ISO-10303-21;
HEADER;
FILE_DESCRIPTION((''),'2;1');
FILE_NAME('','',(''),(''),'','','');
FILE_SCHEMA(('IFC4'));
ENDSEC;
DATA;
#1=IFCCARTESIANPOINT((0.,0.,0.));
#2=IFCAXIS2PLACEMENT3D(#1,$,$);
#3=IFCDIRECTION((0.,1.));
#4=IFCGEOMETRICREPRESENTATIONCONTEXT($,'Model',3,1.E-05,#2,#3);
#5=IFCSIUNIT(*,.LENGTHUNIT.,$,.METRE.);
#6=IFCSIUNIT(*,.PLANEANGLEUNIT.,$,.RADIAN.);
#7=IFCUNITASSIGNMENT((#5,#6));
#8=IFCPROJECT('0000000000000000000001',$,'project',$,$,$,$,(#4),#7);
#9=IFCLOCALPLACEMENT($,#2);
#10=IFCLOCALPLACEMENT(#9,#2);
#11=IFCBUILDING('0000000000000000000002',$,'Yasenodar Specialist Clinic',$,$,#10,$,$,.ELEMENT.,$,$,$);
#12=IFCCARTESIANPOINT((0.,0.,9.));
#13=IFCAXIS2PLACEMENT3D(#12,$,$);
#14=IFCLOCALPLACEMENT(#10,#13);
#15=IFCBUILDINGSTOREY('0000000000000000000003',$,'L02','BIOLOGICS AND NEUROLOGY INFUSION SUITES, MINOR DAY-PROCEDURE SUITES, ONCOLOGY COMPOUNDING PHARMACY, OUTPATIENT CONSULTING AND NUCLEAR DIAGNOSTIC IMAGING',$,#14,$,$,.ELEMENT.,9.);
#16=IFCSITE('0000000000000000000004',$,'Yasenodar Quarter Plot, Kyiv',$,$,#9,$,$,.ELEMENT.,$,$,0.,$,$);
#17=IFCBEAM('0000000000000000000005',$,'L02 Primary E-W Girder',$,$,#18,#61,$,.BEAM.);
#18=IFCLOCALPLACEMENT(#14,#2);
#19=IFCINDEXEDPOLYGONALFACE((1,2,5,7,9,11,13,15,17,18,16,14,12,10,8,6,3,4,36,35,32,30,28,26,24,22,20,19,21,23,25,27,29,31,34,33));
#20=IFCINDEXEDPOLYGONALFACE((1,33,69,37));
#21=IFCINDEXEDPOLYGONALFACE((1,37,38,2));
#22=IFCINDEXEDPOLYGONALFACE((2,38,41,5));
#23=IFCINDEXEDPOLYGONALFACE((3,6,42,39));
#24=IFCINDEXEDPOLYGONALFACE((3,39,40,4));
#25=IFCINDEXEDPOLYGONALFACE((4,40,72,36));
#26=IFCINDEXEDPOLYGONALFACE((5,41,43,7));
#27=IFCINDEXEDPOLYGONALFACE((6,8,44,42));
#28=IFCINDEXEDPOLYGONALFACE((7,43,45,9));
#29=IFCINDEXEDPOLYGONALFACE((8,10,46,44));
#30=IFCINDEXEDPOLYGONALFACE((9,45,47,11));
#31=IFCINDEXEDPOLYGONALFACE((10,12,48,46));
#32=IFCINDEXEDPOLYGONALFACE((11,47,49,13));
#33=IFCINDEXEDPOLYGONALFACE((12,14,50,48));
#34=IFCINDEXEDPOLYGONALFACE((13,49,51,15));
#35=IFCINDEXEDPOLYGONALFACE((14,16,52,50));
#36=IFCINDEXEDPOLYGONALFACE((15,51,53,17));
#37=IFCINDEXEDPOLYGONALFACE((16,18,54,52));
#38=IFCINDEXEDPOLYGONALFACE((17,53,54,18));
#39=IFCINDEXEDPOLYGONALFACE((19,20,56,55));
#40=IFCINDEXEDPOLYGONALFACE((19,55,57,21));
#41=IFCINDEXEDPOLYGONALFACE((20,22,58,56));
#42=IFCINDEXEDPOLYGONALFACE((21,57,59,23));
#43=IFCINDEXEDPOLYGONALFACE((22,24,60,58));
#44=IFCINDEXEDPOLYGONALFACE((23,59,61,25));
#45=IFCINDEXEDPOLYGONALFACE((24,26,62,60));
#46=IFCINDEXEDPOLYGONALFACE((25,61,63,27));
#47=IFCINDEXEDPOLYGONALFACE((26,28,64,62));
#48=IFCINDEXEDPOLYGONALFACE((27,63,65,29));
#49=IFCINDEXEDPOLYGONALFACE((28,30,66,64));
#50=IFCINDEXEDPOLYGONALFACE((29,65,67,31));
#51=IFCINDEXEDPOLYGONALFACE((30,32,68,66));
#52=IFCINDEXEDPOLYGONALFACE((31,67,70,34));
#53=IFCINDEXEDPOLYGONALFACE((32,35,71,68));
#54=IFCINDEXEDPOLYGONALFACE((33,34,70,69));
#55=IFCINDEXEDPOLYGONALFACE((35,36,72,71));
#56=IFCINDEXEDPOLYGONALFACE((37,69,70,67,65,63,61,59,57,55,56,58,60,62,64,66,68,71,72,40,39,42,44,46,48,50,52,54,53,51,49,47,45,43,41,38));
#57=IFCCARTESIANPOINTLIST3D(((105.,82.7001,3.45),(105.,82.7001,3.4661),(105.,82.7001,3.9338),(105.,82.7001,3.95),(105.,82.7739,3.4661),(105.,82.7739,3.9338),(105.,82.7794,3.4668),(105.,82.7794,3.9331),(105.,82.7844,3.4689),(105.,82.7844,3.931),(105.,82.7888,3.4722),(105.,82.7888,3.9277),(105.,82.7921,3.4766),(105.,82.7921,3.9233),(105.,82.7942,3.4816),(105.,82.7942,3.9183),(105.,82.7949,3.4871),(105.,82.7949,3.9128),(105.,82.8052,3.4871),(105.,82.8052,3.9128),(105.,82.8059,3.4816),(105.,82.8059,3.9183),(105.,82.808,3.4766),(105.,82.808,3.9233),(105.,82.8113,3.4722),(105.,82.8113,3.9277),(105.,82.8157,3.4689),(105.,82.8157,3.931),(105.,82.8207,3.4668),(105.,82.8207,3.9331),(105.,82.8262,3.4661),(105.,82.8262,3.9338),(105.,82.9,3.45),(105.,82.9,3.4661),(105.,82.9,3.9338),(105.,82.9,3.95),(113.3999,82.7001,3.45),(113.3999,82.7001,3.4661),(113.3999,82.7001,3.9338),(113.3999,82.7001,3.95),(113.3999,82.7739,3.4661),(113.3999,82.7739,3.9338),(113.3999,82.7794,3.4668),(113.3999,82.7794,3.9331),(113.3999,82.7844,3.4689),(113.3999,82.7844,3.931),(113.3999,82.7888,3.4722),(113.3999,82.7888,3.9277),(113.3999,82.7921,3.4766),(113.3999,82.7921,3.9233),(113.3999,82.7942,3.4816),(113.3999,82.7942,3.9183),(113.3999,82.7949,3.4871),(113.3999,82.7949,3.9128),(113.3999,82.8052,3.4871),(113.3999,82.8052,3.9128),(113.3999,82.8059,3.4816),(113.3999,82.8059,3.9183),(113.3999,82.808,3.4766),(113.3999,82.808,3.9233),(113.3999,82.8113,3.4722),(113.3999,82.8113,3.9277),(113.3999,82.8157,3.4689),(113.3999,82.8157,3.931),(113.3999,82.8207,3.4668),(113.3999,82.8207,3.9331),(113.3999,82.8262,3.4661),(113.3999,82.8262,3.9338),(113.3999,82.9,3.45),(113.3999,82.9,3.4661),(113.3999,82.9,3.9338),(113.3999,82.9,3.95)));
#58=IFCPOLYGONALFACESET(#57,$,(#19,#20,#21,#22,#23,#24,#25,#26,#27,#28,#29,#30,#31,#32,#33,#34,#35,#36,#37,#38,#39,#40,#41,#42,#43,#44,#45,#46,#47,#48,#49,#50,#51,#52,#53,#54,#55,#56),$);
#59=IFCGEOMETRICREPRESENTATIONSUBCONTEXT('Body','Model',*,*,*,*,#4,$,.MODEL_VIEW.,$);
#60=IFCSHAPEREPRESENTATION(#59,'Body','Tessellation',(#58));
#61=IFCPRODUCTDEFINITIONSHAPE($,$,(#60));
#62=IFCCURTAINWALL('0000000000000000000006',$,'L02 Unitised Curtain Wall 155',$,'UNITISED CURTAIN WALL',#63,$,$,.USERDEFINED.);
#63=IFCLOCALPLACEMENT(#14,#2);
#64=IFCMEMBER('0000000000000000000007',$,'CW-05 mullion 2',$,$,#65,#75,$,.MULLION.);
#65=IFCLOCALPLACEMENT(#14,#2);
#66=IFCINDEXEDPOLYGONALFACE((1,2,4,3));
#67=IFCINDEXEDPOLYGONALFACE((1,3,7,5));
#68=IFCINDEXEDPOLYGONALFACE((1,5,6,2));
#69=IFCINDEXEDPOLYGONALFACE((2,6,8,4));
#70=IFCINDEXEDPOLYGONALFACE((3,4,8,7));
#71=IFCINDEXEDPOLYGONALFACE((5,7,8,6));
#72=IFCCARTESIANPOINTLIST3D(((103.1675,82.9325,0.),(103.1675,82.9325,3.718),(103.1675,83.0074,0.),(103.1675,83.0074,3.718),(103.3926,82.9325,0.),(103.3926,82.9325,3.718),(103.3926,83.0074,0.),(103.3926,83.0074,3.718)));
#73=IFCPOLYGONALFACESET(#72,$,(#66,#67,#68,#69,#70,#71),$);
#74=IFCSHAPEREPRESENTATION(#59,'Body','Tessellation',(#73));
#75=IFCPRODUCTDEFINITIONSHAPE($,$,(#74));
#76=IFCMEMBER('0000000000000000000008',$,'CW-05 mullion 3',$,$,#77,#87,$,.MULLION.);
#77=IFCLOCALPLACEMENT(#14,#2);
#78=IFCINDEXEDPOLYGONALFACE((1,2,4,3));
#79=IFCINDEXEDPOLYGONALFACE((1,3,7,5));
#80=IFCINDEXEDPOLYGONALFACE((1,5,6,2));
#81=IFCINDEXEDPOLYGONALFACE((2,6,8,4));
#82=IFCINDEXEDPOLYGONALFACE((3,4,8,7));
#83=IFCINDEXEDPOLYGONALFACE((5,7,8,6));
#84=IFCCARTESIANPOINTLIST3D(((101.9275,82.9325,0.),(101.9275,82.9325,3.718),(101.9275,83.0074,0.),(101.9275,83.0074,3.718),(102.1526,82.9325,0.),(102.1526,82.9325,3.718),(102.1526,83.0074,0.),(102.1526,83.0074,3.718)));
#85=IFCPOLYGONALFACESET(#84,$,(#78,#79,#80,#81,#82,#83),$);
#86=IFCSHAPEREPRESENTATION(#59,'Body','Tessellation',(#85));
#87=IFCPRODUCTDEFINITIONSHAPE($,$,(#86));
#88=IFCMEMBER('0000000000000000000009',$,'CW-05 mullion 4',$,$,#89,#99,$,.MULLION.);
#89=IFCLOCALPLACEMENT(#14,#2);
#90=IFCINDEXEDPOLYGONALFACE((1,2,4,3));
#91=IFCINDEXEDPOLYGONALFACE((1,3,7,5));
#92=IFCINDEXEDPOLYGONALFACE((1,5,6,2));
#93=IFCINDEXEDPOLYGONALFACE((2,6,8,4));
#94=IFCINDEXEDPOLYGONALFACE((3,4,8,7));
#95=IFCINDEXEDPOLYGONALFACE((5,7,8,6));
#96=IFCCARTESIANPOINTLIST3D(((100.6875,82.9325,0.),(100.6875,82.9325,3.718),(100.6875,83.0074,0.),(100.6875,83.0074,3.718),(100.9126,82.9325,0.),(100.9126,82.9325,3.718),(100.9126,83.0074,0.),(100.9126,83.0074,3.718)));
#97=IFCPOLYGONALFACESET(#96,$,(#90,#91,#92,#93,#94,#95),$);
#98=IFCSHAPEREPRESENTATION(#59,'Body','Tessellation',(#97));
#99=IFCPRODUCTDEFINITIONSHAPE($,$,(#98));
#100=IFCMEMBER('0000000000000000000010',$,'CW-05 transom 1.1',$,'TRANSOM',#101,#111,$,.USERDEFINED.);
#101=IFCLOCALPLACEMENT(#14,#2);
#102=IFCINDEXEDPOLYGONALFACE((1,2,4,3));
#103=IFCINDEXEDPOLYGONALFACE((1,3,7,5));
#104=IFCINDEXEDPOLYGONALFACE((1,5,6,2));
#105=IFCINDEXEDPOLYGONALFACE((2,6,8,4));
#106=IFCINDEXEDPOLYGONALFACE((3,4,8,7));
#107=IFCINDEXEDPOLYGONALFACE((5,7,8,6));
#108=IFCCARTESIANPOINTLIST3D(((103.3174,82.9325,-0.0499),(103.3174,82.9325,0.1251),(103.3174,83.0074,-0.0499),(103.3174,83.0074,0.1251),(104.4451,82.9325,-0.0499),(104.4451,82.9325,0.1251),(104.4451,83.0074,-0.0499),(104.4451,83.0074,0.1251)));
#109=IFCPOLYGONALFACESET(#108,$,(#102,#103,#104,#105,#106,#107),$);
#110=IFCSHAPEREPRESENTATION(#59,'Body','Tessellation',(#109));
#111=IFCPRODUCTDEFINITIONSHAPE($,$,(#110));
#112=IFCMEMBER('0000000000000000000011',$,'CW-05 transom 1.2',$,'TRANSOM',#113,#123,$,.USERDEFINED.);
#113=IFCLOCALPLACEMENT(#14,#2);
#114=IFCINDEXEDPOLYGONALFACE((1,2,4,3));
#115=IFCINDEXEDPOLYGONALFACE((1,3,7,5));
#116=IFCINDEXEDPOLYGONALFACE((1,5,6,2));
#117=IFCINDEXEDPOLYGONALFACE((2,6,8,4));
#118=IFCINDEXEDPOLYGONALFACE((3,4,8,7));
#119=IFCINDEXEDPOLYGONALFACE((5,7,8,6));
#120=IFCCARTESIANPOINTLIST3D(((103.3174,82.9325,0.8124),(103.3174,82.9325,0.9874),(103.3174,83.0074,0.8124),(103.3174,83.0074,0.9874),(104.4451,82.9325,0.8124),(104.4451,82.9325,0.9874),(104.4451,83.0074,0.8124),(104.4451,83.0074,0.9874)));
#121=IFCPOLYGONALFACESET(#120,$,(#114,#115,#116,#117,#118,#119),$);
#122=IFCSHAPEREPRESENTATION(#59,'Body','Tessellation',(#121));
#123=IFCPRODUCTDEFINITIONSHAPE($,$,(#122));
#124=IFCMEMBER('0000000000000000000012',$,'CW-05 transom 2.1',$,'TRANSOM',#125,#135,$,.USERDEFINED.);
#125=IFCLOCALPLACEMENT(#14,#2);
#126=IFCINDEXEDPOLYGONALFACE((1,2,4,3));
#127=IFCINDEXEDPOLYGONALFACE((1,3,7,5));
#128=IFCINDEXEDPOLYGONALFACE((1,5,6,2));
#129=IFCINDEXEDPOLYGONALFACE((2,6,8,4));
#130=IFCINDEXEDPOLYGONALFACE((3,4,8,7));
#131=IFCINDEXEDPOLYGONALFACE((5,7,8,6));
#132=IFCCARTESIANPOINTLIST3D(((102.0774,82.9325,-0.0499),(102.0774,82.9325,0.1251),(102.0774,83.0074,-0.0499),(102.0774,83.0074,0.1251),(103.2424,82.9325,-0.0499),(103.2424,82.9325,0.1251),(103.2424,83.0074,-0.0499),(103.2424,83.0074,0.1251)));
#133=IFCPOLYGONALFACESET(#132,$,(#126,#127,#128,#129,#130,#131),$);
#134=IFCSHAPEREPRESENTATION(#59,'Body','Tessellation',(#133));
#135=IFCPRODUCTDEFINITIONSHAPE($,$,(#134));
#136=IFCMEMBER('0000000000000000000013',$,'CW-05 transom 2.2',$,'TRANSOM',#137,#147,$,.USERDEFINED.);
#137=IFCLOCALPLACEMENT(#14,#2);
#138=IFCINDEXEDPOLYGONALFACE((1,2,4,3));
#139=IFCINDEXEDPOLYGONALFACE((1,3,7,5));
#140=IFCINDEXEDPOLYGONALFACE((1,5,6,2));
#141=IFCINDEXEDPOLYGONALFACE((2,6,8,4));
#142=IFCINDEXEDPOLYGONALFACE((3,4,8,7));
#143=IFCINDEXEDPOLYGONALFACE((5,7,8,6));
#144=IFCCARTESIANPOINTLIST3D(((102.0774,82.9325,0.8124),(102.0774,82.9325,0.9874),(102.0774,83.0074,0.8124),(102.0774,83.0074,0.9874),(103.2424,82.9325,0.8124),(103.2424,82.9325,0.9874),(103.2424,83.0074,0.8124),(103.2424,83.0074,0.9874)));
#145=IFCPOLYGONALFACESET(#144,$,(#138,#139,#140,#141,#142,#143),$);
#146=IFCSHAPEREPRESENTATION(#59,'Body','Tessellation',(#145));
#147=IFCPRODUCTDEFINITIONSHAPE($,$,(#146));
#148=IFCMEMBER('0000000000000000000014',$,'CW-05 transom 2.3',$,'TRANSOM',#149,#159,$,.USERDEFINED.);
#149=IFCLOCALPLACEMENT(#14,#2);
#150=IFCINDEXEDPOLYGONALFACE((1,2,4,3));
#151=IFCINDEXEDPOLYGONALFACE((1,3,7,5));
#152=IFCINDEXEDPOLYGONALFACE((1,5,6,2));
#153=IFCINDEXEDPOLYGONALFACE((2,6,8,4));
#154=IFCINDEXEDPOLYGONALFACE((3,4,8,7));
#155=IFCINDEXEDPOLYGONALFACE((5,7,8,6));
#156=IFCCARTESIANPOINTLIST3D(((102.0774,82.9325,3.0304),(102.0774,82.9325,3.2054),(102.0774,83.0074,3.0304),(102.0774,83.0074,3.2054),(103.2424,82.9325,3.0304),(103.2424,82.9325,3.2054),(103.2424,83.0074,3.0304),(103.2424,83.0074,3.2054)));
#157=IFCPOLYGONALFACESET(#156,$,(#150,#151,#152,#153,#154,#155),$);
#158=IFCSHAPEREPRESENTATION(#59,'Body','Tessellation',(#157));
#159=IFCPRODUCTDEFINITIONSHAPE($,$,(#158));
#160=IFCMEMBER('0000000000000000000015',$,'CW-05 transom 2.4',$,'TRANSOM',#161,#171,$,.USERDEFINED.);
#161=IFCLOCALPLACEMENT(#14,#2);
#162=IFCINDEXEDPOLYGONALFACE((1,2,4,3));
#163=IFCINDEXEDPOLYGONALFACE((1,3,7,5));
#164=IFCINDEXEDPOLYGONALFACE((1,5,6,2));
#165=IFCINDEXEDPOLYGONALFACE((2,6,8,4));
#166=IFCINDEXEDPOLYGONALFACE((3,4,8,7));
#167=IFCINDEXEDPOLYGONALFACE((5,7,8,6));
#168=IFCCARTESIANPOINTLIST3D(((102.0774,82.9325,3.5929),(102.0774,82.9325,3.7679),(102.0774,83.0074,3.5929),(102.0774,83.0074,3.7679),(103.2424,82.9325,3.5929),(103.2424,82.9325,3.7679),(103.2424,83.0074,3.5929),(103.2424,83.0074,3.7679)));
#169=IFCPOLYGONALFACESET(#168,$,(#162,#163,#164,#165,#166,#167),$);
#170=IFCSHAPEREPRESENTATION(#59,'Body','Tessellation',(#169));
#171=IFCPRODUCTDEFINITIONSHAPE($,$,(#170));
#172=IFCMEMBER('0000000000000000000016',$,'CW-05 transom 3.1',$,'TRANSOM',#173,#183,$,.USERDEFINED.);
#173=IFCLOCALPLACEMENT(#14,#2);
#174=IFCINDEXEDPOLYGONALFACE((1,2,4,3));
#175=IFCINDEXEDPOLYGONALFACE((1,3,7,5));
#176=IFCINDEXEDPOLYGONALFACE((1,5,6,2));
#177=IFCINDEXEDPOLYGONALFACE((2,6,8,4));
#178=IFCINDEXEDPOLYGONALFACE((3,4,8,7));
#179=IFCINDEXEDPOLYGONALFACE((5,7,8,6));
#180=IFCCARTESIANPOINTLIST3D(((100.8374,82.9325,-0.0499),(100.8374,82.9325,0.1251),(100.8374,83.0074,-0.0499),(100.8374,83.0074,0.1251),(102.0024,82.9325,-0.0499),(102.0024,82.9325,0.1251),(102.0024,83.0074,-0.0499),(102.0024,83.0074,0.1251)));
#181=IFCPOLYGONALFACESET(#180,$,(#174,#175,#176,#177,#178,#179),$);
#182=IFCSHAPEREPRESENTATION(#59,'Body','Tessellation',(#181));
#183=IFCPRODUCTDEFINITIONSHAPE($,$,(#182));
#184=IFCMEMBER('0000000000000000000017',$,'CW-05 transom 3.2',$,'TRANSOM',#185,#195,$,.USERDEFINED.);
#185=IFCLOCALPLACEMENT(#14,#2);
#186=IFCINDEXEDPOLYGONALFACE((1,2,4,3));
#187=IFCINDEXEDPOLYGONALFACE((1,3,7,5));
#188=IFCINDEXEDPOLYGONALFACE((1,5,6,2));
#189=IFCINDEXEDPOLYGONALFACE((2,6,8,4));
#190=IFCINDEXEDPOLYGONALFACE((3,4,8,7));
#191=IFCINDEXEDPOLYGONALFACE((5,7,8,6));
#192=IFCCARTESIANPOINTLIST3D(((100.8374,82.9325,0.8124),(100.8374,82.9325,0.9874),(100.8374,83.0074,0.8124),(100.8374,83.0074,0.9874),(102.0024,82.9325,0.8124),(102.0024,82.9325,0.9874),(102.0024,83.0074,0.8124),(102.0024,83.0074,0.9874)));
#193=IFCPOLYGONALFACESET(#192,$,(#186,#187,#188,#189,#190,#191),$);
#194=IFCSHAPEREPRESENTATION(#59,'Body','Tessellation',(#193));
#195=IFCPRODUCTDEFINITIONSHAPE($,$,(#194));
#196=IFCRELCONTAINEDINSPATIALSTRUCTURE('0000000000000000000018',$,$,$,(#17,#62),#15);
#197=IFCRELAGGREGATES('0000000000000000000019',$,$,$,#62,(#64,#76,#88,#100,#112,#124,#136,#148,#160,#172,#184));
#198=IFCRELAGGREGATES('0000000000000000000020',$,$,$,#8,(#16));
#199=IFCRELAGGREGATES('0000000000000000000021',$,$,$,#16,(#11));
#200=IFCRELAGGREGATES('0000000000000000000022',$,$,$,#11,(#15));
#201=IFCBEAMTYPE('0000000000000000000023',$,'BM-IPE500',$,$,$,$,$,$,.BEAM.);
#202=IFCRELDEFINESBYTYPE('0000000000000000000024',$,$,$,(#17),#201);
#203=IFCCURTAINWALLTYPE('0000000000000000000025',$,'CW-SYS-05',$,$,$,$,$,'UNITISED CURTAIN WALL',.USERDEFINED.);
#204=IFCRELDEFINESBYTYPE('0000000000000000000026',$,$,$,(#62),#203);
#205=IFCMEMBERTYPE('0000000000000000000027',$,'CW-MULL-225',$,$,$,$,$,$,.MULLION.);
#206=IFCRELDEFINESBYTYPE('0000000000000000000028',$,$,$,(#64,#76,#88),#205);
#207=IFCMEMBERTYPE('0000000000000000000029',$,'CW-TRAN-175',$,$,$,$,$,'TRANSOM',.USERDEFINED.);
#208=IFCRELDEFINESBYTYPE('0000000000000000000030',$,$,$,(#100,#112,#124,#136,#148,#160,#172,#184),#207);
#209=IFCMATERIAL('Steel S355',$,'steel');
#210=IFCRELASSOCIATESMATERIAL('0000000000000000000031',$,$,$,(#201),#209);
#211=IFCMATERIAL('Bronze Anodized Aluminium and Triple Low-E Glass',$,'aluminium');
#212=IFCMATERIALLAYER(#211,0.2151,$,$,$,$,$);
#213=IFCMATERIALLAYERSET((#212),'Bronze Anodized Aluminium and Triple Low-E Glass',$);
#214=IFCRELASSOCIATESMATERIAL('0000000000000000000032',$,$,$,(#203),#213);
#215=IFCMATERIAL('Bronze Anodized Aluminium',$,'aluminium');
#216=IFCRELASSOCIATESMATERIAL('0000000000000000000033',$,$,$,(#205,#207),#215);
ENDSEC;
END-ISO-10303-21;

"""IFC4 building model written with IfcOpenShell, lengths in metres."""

from ifc_helpers import new_model, si_unit, direction, frame, origin, origin_2d, place, context, subcontext, project, spatial, rectangle, i_section, extrude, material, layer, layer_set, material_profile, profile_set, type_object, element, aggregate, save


model = new_model("IFC4")

# Units and contexts
model_context = context("Model", 3, precision=1e-05, world=origin(), true_north=direction((0.0, 1.0)))
body_context = subcontext(model_context, "Body", "Model", "MODEL_VIEW")
ifc_project = project(units=[si_unit("LENGTHUNIT", "METRE"), si_unit("PLANEANGLEUNIT", "RADIAN")], contexts=[model_context])

# Site, building, storey
site_placement = place(None, origin())
site = spatial("IfcSite", under=ifc_project, at=site_placement, Name="Yasenodar Quarter Plot, Kyiv", CompositionType="ELEMENT", RefElevation=0.0)
building_placement = place(site_placement, origin())
building = spatial("IfcBuilding", under=site, at=building_placement, Name="Yasenodar Specialist Clinic", CompositionType="ELEMENT")
storey_placement = place(building_placement, frame((0.0, 0.0, 9.0)))
storey = spatial("IfcBuildingStorey", under=building, at=storey_placement, Name="L02", Description="BIOLOGICS AND NEUROLOGY INFUSION SUITES, MINOR DAY-PROCEDURE SUITES, ONCOLOGY COMPOUNDING PHARMACY, OUTPATIENT CONSULTING AND NUCLEAR DIAGNOSTIC IMAGING", CompositionType="ELEMENT", Elevation=9.0)

# Shared definitions
ifc_material_1 = material(Name="Steel S355", Category="steel")

# Beam
ifc_material_profile_1 = material_profile(ifc_material_1, i_section(OverallWidth=0.2, OverallDepth=0.5, WebThickness=0.0103, FlangeThickness=0.0161, FilletRadius=0.021, at=origin_2d()), Name="IPE 500")
ifc_profile_set_1 = profile_set([ifc_material_profile_1], Name="Steel S355")
beam_type_1 = type_object("IfcBeamType", Name="BM-IPE500", PredefinedType="BEAM", material=ifc_profile_set_1)
beam_1_placement = place(storey_placement, frame((105.0, 82.8, 3.7), z_axis=(1.0, 0.0, 0.0), x_axis=(0.0, 1.0, 0.0)))
element("IfcBeam", 1, at=beam_1_placement, inside=storey, type_object=beam_type_1, Name="L02 Primary E-W Girder", PredefinedType="BEAM", context=body_context, shape_type="SweptSolid", body=[
    extrude(i_section(OverallWidth=0.2, OverallDepth=0.5, WebThickness=0.0103, FlangeThickness=0.0161, FilletRadius=0.021, at=origin_2d()), origin(), (0.0, 0.0, 1.0), 8.3999),
])

# Curtain wall, members
ifc_material_2 = material(Name="Bronze Anodized Aluminium and Triple Low-E Glass", Category="aluminium")
ifc_layer_1 = layer(ifc_material_2, 0.2151)
ifc_layer_set_1 = layer_set([ifc_layer_1], Name="Bronze Anodized Aluminium and Triple Low-E Glass")
curtain_wall_type = type_object("IfcCurtainWallType", Name="CW-SYS-05", ElementType="UNITISED CURTAIN WALL", PredefinedType="USERDEFINED", material=ifc_layer_set_1)
curtain_wall_placement = place(storey_placement, origin())
curtain_wall = element("IfcCurtainWall", 2, at=curtain_wall_placement, inside=storey, type_object=curtain_wall_type, Name="L02 Unitised Curtain Wall 155", ObjectType="UNITISED CURTAIN WALL", PredefinedType="USERDEFINED")
ifc_material_3 = material(Name="Bronze Anodized Aluminium", Category="aluminium")
ifc_material_profile_2 = material_profile(ifc_material_3, rectangle(XDim=0.075, YDim=0.2251, at=origin_2d()), Name="CW-MULL 75x225")
ifc_profile_set_2 = profile_set([ifc_material_profile_2], Name="Bronze Anodized Aluminium")
member_type_1 = type_object("IfcMemberType", Name="CW-MULL-225", PredefinedType="MULLION", material=ifc_profile_set_2)
member_1_placement = place(storey_placement, frame((103.28, 82.97, 0.0), z_axis=(0.0, 0.0, 1.0), x_axis=(0.0, -1.0, 0.0)))
member_1 = element("IfcMember", 3, at=member_1_placement, type_object=member_type_1, Name="CW-05 mullion 2", PredefinedType="MULLION", context=body_context, shape_type="SweptSolid", body=[
    extrude(rectangle(XDim=0.075, YDim=0.2251, at=origin_2d()), origin(), (0.0, 0.0, 1.0), 3.718),
])
member_2_placement = place(storey_placement, frame((102.04, 82.97, 0.0), z_axis=(0.0, 0.0, 1.0), x_axis=(0.0, -1.0, 0.0)))
member_2 = element("IfcMember", 4, at=member_2_placement, type_object=member_type_1, Name="CW-05 mullion 3", PredefinedType="MULLION", context=body_context, shape_type="SweptSolid", body=[
    extrude(rectangle(XDim=0.075, YDim=0.2251, at=origin_2d()), origin(), (0.0, 0.0, 1.0), 3.718),
])
member_3_placement = place(storey_placement, frame((100.8, 82.97, 0.0), z_axis=(0.0, 0.0, 1.0), x_axis=(0.0, -1.0, 0.0)))
member_3 = element("IfcMember", 5, at=member_3_placement, type_object=member_type_1, Name="CW-05 mullion 4", PredefinedType="MULLION", context=body_context, shape_type="SweptSolid", body=[
    extrude(rectangle(XDim=0.075, YDim=0.2251, at=origin_2d()), origin(), (0.0, 0.0, 1.0), 3.718),
])
ifc_material_profile_3 = material_profile(ifc_material_3, rectangle(XDim=0.075, YDim=0.175, at=origin_2d()), Name="CW-TRAN 75x175")
ifc_profile_set_3 = profile_set([ifc_material_profile_3], Name="Bronze Anodized Aluminium")
member_type_2 = type_object("IfcMemberType", Name="CW-TRAN-175", ElementType="TRANSOM", PredefinedType="USERDEFINED", material=ifc_profile_set_3)
member_4_placement = place(storey_placement, frame((104.4451, 82.97, 0.0376), z_axis=(-1.0, 0.0, 0.0), x_axis=(0.0, -1.0, 0.0)))
member_4 = element("IfcMember", 6, at=member_4_placement, type_object=member_type_2, Name="CW-05 transom 1.1", ObjectType="TRANSOM", PredefinedType="USERDEFINED", context=body_context, shape_type="SweptSolid", body=[
    extrude(rectangle(XDim=0.075, YDim=0.175, at=origin_2d()), origin(), (0.0, 0.0, 1.0), 1.1277),
])
member_5_placement = place(storey_placement, frame((104.4451, 82.97, 0.8999), z_axis=(-1.0, 0.0, 0.0), x_axis=(0.0, -1.0, 0.0)))
member_5 = element("IfcMember", 7, at=member_5_placement, type_object=member_type_2, Name="CW-05 transom 1.2", ObjectType="TRANSOM", PredefinedType="USERDEFINED", context=body_context, shape_type="SweptSolid", body=[
    extrude(rectangle(XDim=0.075, YDim=0.175, at=origin_2d()), origin(), (0.0, 0.0, 1.0), 1.1277),
])
member_6_placement = place(storey_placement, frame((103.2424, 82.97, 0.0376), z_axis=(-1.0, 0.0, 0.0), x_axis=(0.0, -1.0, 0.0)))
member_6 = element("IfcMember", 8, at=member_6_placement, type_object=member_type_2, Name="CW-05 transom 2.1", ObjectType="TRANSOM", PredefinedType="USERDEFINED", context=body_context, shape_type="SweptSolid", body=[
    extrude(rectangle(XDim=0.075, YDim=0.175, at=origin_2d()), origin(), (0.0, 0.0, 1.0), 1.165),
])
member_7_placement = place(storey_placement, frame((103.2424, 82.97, 0.8999), z_axis=(-1.0, 0.0, 0.0), x_axis=(0.0, -1.0, 0.0)))
member_7 = element("IfcMember", 9, at=member_7_placement, type_object=member_type_2, Name="CW-05 transom 2.2", ObjectType="TRANSOM", PredefinedType="USERDEFINED", context=body_context, shape_type="SweptSolid", body=[
    extrude(rectangle(XDim=0.075, YDim=0.175, at=origin_2d()), origin(), (0.0, 0.0, 1.0), 1.165),
])
member_8_placement = place(storey_placement, frame((103.2424, 82.97, 3.1179), z_axis=(-1.0, 0.0, 0.0), x_axis=(0.0, -1.0, 0.0)))
member_8 = element("IfcMember", 10, at=member_8_placement, type_object=member_type_2, Name="CW-05 transom 2.3", ObjectType="TRANSOM", PredefinedType="USERDEFINED", context=body_context, shape_type="SweptSolid", body=[
    extrude(rectangle(XDim=0.075, YDim=0.175, at=origin_2d()), origin(), (0.0, 0.0, 1.0), 1.165),
])
member_9_placement = place(storey_placement, frame((103.2424, 82.97, 3.6804), z_axis=(-1.0, 0.0, 0.0), x_axis=(0.0, -1.0, 0.0)))
member_9 = element("IfcMember", 11, at=member_9_placement, type_object=member_type_2, Name="CW-05 transom 2.4", ObjectType="TRANSOM", PredefinedType="USERDEFINED", context=body_context, shape_type="SweptSolid", body=[
    extrude(rectangle(XDim=0.075, YDim=0.175, at=origin_2d()), origin(), (0.0, 0.0, 1.0), 1.165),
])
member_10_placement = place(storey_placement, frame((102.0024, 82.97, 0.0376), z_axis=(-1.0, 0.0, 0.0), x_axis=(0.0, -1.0, 0.0)))
member_10 = element("IfcMember", 12, at=member_10_placement, type_object=member_type_2, Name="CW-05 transom 3.1", ObjectType="TRANSOM", PredefinedType="USERDEFINED", context=body_context, shape_type="SweptSolid", body=[
    extrude(rectangle(XDim=0.075, YDim=0.175, at=origin_2d()), origin(), (0.0, 0.0, 1.0), 1.165),
])
member_11_placement = place(storey_placement, frame((102.0024, 82.97, 0.8999), z_axis=(-1.0, 0.0, 0.0), x_axis=(0.0, -1.0, 0.0)))
member_11 = element("IfcMember", 13, at=member_11_placement, type_object=member_type_2, Name="CW-05 transom 3.2", ObjectType="TRANSOM", PredefinedType="USERDEFINED", context=body_context, shape_type="SweptSolid", body=[
    extrude(rectangle(XDim=0.075, YDim=0.175, at=origin_2d()), origin(), (0.0, 0.0, 1.0), 1.165),
])
aggregate(curtain_wall, [member_1, member_2, member_3, member_4, member_5, member_6, member_7, member_8, member_9, member_10, member_11])

save(model, "model.ifc")
